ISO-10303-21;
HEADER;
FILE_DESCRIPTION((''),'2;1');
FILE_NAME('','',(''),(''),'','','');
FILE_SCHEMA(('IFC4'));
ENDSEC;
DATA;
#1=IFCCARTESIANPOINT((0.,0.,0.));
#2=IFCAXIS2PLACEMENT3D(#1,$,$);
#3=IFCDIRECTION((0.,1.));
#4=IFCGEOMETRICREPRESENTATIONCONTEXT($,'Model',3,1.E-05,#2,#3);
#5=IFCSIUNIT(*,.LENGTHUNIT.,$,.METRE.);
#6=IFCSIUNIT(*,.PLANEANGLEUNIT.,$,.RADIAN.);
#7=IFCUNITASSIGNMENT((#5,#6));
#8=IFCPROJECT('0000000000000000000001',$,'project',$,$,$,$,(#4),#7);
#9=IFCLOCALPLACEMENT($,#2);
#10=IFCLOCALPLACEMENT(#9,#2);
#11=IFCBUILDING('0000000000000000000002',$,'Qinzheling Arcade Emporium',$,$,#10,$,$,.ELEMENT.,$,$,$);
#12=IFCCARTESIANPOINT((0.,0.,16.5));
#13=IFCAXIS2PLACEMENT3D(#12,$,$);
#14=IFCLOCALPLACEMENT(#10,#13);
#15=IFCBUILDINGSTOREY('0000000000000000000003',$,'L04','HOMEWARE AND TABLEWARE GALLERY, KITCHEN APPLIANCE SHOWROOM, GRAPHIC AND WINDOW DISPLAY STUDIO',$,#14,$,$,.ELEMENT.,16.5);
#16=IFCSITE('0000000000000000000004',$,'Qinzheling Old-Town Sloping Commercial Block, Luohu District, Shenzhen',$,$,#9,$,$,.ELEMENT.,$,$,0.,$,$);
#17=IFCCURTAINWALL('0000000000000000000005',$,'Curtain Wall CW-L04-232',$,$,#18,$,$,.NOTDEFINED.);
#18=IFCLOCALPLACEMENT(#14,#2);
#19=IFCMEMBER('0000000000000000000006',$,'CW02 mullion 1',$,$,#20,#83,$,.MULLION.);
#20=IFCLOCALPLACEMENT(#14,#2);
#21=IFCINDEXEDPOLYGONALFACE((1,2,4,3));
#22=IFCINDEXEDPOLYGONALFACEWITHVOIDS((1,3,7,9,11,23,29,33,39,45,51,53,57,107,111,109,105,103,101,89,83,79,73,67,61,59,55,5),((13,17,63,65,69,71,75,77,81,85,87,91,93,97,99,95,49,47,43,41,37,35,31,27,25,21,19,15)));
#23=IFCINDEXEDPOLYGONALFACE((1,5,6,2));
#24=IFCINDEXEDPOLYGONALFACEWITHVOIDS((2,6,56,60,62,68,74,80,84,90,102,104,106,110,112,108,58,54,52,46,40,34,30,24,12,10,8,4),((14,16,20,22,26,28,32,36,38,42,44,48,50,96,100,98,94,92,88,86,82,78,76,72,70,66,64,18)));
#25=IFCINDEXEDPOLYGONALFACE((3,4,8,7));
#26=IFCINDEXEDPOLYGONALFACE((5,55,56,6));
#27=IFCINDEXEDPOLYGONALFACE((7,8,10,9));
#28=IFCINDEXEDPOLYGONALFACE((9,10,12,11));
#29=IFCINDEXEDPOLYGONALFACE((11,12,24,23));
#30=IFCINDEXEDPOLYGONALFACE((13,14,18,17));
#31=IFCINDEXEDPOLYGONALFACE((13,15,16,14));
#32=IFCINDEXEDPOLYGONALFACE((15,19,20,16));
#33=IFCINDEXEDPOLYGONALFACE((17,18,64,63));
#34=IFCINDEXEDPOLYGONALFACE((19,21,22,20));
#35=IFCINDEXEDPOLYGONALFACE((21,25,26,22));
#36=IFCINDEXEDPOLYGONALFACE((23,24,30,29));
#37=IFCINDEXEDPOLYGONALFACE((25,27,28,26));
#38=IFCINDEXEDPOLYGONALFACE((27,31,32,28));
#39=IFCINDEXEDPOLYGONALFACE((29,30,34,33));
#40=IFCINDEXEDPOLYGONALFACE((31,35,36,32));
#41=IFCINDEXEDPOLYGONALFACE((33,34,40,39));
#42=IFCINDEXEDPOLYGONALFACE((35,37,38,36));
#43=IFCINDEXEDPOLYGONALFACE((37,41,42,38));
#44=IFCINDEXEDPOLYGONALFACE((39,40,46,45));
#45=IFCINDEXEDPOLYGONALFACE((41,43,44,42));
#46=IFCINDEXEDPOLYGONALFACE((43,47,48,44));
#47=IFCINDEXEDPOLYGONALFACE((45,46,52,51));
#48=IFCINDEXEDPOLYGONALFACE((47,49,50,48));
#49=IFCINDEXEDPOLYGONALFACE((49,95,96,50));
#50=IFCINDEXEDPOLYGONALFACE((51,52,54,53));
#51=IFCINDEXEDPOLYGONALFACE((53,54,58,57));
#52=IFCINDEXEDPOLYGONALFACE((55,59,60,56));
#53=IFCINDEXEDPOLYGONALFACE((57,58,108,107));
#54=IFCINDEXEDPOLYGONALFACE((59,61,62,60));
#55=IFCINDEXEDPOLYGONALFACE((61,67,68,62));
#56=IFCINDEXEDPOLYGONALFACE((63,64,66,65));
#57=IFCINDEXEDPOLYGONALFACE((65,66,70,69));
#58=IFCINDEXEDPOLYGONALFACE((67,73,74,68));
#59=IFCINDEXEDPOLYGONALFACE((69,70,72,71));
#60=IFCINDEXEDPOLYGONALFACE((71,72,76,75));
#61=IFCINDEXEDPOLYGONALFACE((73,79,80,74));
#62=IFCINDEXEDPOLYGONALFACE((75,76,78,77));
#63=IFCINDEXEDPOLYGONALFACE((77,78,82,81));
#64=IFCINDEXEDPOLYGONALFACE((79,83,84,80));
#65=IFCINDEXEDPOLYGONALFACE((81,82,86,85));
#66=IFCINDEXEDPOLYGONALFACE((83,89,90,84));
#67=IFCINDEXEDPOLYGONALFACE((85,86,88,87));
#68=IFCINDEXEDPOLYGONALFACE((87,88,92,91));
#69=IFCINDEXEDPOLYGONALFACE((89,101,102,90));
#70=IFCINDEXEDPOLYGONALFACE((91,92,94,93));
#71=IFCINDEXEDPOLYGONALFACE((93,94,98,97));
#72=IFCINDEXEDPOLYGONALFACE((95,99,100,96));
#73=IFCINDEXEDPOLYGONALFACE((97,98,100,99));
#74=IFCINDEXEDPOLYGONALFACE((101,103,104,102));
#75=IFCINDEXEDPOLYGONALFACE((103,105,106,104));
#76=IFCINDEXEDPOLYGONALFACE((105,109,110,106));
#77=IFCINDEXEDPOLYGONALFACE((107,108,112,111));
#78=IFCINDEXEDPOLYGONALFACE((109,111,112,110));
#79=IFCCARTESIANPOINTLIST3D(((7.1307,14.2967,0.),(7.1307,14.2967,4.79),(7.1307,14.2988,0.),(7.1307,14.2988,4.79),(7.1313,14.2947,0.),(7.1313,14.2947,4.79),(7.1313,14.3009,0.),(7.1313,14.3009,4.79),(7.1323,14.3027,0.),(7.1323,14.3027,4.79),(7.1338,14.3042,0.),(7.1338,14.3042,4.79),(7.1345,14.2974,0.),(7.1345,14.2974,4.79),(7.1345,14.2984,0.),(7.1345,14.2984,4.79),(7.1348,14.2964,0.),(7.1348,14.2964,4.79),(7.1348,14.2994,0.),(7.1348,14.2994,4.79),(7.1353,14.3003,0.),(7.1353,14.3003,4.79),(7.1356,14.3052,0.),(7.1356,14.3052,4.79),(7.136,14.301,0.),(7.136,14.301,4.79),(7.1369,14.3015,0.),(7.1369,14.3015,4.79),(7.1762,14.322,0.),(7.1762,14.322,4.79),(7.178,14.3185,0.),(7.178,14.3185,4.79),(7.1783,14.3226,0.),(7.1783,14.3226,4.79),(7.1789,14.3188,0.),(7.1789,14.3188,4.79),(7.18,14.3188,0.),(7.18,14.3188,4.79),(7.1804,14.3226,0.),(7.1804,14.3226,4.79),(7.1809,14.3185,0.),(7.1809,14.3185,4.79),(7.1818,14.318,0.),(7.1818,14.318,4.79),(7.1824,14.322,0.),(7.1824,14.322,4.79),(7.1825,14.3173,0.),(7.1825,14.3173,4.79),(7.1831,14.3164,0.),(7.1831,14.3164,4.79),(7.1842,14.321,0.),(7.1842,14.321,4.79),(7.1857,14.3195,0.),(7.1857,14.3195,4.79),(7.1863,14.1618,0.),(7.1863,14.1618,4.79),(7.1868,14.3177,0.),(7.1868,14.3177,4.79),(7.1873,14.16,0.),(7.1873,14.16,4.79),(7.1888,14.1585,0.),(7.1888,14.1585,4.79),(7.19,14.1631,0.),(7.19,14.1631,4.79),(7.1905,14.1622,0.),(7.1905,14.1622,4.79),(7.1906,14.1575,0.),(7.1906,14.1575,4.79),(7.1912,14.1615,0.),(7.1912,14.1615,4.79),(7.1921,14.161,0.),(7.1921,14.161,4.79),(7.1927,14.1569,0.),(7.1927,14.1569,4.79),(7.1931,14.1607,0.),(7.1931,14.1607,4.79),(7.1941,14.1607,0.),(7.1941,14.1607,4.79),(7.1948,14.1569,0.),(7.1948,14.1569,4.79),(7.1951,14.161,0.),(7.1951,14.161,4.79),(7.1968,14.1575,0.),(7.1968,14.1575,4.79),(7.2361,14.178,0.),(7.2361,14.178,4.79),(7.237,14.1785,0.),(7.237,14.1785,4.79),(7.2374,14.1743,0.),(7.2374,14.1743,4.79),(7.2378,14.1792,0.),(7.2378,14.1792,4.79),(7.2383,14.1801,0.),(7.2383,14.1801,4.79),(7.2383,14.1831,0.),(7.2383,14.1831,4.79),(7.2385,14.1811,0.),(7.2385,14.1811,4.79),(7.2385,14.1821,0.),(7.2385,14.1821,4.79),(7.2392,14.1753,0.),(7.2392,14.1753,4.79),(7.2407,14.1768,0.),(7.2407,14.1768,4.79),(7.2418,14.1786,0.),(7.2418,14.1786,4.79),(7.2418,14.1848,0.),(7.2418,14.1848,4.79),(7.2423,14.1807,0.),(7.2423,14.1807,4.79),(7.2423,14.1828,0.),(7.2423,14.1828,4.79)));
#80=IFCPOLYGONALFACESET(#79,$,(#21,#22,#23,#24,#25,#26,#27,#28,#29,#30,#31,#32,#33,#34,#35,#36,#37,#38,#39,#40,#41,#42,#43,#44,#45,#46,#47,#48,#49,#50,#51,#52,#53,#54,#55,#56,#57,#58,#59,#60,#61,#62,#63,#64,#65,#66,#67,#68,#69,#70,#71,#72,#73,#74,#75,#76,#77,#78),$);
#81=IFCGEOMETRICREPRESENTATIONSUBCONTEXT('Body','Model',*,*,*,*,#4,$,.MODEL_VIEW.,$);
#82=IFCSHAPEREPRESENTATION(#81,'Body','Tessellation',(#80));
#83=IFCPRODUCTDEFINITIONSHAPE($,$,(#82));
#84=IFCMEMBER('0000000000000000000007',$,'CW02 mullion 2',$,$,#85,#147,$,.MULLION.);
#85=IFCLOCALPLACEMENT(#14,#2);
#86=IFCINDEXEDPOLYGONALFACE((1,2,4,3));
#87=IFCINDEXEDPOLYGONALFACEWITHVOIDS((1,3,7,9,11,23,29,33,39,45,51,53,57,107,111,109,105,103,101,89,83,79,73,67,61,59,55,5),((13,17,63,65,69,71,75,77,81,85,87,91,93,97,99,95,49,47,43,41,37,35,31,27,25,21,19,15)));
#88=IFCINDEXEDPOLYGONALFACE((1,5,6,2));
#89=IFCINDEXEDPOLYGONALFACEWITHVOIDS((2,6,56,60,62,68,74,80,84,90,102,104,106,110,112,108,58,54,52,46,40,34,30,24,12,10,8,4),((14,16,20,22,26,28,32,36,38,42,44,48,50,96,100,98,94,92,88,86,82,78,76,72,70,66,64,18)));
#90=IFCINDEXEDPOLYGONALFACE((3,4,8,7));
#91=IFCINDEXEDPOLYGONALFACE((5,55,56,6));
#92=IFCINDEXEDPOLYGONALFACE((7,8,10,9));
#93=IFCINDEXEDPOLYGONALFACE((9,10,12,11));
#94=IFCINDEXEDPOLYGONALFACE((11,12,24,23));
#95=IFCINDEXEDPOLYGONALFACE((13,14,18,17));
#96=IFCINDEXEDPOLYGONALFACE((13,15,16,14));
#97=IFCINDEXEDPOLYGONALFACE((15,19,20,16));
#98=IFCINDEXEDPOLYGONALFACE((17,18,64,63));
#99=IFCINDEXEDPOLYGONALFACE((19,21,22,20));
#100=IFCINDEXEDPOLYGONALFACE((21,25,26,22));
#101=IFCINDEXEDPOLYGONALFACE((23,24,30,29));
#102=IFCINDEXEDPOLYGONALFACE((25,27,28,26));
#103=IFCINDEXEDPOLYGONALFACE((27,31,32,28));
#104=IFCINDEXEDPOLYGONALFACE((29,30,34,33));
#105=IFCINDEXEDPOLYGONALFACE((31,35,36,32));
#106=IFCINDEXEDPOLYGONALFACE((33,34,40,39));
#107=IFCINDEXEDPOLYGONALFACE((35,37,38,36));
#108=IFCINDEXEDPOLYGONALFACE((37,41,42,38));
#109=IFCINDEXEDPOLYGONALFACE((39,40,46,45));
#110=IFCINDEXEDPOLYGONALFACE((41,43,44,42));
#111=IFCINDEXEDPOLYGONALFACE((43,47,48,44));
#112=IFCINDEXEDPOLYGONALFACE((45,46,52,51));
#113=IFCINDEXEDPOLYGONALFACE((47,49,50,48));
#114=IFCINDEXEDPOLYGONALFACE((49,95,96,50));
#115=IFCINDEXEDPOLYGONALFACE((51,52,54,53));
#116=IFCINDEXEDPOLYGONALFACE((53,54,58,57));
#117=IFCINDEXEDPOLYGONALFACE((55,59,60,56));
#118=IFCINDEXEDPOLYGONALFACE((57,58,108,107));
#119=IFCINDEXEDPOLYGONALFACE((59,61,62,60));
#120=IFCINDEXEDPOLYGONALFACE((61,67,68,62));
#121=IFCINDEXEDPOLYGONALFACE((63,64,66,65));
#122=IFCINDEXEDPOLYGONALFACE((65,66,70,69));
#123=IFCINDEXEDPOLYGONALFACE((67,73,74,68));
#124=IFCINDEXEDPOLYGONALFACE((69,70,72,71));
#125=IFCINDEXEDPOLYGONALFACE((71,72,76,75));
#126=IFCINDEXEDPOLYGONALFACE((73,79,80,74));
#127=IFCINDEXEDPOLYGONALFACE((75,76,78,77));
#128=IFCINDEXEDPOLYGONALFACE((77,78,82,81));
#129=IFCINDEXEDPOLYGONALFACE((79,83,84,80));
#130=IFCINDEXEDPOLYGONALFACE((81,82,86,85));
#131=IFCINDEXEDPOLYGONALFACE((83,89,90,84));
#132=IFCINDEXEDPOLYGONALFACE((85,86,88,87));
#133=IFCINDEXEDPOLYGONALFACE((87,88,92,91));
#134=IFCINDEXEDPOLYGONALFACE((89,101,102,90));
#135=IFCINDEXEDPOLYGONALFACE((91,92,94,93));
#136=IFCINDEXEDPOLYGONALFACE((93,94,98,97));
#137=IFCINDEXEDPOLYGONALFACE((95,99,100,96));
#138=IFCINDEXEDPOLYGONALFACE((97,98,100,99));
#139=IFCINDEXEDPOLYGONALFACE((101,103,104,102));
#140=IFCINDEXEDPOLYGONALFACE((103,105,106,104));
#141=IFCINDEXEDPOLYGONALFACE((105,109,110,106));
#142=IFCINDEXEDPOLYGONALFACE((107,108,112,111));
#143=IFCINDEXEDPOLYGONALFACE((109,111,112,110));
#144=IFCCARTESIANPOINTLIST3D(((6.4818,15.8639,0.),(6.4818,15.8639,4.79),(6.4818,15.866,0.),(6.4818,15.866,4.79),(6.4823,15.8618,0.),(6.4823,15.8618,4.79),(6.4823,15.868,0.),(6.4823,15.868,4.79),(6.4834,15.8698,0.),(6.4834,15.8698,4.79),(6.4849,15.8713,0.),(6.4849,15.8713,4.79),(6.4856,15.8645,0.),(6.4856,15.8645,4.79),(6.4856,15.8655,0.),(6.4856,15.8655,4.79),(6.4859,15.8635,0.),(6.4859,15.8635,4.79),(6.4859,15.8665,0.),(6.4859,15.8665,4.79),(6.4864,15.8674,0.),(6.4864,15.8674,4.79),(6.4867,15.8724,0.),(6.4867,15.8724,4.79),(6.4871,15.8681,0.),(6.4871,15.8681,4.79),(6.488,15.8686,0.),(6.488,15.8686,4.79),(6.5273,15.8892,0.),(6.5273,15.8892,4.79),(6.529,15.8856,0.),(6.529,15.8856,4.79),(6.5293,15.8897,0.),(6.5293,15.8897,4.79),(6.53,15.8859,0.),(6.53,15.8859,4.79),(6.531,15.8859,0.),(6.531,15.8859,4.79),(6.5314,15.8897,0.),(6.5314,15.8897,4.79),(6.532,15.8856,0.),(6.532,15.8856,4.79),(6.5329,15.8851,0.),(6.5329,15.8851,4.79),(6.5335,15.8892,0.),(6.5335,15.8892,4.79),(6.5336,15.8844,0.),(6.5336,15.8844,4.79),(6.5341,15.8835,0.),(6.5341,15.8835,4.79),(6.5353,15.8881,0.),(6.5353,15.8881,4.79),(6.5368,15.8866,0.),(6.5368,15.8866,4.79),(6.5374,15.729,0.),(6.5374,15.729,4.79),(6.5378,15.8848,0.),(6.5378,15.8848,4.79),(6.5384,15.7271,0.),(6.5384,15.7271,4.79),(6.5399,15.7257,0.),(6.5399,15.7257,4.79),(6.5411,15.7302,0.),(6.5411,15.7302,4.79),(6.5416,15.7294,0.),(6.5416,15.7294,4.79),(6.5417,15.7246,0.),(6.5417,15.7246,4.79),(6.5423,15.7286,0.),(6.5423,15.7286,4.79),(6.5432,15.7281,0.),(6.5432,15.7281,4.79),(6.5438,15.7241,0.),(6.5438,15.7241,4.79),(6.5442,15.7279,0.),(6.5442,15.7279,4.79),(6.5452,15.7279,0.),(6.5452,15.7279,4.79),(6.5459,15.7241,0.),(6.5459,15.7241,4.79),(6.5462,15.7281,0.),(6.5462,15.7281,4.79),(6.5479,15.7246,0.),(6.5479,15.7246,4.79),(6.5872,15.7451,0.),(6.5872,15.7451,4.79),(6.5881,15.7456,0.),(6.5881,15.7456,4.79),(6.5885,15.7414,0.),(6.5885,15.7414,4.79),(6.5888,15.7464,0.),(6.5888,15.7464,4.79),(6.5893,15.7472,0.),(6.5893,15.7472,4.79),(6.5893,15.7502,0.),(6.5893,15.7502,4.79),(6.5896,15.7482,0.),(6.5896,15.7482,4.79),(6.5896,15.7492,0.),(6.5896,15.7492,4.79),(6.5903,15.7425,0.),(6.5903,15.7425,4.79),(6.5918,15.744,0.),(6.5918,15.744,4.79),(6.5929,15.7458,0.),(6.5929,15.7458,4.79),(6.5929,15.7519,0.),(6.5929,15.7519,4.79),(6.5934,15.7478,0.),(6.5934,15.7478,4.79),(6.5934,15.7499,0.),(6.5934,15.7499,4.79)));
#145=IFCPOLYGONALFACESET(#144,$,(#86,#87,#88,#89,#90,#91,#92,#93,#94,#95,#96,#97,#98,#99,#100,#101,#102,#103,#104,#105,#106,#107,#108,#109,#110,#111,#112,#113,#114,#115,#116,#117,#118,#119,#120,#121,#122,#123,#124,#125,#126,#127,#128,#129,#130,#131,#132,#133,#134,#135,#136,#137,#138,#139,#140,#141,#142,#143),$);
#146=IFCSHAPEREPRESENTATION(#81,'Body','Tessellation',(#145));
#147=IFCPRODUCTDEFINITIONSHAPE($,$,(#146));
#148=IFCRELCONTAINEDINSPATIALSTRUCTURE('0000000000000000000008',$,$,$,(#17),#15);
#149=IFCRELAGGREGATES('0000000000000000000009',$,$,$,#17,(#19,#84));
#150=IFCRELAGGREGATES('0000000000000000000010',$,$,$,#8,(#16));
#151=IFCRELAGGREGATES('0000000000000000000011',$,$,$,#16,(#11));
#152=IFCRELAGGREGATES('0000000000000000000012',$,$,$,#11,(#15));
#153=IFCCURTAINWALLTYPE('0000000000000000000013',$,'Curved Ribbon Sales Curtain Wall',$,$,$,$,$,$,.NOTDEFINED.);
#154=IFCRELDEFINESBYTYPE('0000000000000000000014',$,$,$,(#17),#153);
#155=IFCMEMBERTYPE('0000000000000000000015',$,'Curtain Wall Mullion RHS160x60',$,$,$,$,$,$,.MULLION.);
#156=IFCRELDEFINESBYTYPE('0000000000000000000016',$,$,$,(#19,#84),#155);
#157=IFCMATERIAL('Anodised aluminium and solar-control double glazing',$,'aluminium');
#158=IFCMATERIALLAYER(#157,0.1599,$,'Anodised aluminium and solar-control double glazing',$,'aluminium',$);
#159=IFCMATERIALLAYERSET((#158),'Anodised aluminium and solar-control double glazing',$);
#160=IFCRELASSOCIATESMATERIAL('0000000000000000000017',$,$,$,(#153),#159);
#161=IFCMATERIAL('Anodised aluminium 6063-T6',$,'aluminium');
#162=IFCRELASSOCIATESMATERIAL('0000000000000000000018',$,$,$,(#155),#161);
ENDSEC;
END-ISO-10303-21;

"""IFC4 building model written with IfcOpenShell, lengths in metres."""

from ifc_helpers import new_model, si_unit, direction, frame, origin, origin_2d, place, context, subcontext, project, spatial, hollow_rectangle, extrude, material, layer, layer_set, material_profile, profile_set, type_object, element, aggregate, save


model = new_model("IFC4")

# Units and contexts
model_context = context("Model", 3, precision=1e-05, world=origin(), true_north=direction((0.0, 1.0)))
body_context = subcontext(model_context, "Body", "Model", "MODEL_VIEW")
ifc_project = project(units=[si_unit("LENGTHUNIT", "METRE"), si_unit("PLANEANGLEUNIT", "RADIAN")], contexts=[model_context])

# Site, building, storey
site_placement = place(None, origin())
site = spatial("IfcSite", under=ifc_project, at=site_placement, Name="Qinzheling Old-Town Sloping Commercial Block, Luohu District, Shenzhen", CompositionType="ELEMENT", RefElevation=0.0)
building_placement = place(site_placement, origin())
building = spatial("IfcBuilding", under=site, at=building_placement, Name="Qinzheling Arcade Emporium", CompositionType="ELEMENT")
storey_placement = place(building_placement, frame((0.0, 0.0, 16.5)))
storey = spatial("IfcBuildingStorey", under=building, at=storey_placement, Name="L04", Description="HOMEWARE AND TABLEWARE GALLERY, KITCHEN APPLIANCE SHOWROOM, GRAPHIC AND WINDOW DISPLAY STUDIO", CompositionType="ELEMENT", Elevation=16.5)

# Curtain wall, members
ifc_material_1 = material(Name="Anodised aluminium and solar-control double glazing", Category="aluminium")
ifc_layer_1 = layer(ifc_material_1, 0.1599, Name="Anodised aluminium and solar-control double glazing", Category="aluminium")
ifc_layer_set_1 = layer_set([ifc_layer_1], Name="Anodised aluminium and solar-control double glazing")
curtain_wall_type = type_object("IfcCurtainWallType", Name="Curved Ribbon Sales Curtain Wall", PredefinedType="NOTDEFINED", material=ifc_layer_set_1)
ifc_material_2 = material(Name="Anodised aluminium 6063-T6", Category="aluminium")
ifc_material_profile_1 = material_profile(ifc_material_2, hollow_rectangle(XDim=0.0601, YDim=0.1599, WallThickness=0.0039, InnerFilletRadius=0.0039, OuterFilletRadius=0.0081, at=origin_2d()), Name="RHS 160x60x4", Category="aluminium")
ifc_profile_set_1 = profile_set([ifc_material_profile_1], Name="Anodised aluminium 6063-T6")
member_type_1 = type_object("IfcMemberType", Name="Curtain Wall Mullion RHS160x60", PredefinedType="MULLION", material=ifc_profile_set_1)
curtain_wall_1_placement = place(storey_placement, origin())
curtain_wall_1 = element("IfcCurtainWall", 1, at=curtain_wall_1_placement, inside=storey, type_object=curtain_wall_type, Name="Curtain Wall CW-L04-232", PredefinedType="NOTDEFINED")
member_1_placement = place(storey_placement, frame((7.1865, 14.2397, 0.0), z_axis=(0.0, 0.0, 1.0), x_axis=(-0.923914, -0.382599, 0.0)))
member_1 = element("IfcMember", 2, at=member_1_placement, type_object=member_type_1, Name="CW02 mullion 1", PredefinedType="MULLION", context=body_context, shape_type="SweptSolid", body=[
    extrude(hollow_rectangle(XDim=0.0601, YDim=0.1599, WallThickness=0.0039, InnerFilletRadius=0.0039, OuterFilletRadius=0.0081, at=origin_2d()), origin(), (0.0, 0.0, 1.0), 4.79),
])
member_2_placement = place(storey_placement, frame((6.5376, 15.8069, 0.0), z_axis=(0.0, 0.0, 1.0), x_axis=(-0.923914, -0.382599, 0.0)))
member_2 = element("IfcMember", 3, at=member_2_placement, type_object=member_type_1, Name="CW02 mullion 2", PredefinedType="MULLION", context=body_context, shape_type="SweptSolid", body=[
    extrude(hollow_rectangle(XDim=0.0601, YDim=0.1599, WallThickness=0.0039, InnerFilletRadius=0.0039, OuterFilletRadius=0.0081, at=origin_2d()), origin(), (0.0, 0.0, 1.0), 4.79),
])

aggregate(curtain_wall_1, [member_1, member_2])

save(model, "model.ifc")
